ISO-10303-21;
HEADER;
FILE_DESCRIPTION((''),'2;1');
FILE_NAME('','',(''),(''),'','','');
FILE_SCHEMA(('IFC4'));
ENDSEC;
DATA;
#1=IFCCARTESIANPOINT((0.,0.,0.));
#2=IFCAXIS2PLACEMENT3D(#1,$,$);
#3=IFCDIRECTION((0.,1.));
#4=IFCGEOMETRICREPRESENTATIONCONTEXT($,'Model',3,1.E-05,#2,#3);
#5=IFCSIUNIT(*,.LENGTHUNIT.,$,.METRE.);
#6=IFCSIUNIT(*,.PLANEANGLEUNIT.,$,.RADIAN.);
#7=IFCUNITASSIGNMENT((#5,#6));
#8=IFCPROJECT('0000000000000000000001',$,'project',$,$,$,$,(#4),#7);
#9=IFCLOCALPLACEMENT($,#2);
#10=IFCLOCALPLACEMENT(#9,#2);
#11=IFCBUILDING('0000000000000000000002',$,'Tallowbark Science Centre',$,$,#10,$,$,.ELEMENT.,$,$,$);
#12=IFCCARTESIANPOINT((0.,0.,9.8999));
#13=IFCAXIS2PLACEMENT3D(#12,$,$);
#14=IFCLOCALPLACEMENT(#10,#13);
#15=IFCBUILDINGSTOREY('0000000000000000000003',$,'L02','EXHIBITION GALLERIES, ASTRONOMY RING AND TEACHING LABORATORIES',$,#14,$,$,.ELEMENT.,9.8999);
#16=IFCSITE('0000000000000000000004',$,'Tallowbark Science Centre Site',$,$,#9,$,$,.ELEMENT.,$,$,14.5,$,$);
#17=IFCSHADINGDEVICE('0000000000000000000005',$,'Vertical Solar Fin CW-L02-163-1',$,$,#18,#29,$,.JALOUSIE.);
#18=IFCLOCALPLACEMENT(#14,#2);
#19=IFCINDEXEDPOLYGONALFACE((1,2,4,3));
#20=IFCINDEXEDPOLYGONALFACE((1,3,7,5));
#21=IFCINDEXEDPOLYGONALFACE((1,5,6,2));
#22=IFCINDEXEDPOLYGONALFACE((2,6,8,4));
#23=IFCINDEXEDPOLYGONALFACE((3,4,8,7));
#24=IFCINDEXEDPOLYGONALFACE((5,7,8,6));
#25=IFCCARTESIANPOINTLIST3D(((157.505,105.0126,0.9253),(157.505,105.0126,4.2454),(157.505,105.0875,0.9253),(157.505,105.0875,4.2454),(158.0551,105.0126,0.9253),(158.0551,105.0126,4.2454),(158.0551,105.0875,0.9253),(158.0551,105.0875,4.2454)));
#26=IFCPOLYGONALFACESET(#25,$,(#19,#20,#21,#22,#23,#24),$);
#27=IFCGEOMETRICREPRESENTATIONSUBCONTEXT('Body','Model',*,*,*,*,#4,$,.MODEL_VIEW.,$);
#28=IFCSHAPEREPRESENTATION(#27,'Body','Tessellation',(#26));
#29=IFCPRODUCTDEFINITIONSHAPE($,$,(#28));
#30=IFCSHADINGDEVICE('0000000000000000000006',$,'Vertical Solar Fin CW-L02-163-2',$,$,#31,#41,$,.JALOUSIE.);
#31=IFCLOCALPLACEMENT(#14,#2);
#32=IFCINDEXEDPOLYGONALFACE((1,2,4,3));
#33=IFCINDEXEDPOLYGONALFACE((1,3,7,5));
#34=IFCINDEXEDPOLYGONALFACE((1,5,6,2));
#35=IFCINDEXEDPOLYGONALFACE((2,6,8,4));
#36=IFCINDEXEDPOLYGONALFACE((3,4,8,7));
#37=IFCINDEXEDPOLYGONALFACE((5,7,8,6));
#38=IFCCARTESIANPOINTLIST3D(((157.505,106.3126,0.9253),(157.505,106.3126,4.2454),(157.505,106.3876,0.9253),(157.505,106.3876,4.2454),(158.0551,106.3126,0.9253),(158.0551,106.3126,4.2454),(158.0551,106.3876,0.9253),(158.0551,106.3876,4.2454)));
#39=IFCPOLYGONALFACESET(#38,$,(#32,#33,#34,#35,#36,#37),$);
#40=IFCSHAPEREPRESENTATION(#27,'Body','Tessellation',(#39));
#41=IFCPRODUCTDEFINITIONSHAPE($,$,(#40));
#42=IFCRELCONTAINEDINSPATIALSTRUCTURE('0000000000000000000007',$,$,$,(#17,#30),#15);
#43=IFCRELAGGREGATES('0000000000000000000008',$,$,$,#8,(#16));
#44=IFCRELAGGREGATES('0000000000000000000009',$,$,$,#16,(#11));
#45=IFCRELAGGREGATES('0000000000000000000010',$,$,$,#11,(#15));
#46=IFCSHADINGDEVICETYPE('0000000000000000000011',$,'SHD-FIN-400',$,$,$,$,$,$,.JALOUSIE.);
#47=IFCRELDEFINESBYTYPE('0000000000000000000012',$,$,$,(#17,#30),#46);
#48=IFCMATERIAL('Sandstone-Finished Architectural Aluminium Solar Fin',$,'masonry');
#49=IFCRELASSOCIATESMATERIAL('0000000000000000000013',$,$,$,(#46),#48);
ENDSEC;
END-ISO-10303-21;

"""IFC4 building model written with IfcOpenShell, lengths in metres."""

from ifc_helpers import new_model, si_unit, direction, frame, origin, origin_2d, place, context, subcontext, project, spatial, rectangle, extrude, material, type_object, element, save


model = new_model("IFC4")

# Units and contexts
model_context = context("Model", 3, precision=1e-05, world=origin(), true_north=direction((0.0, 1.0)))
body_context = subcontext(model_context, "Body", "Model", "MODEL_VIEW")
ifc_project = project(units=[si_unit("LENGTHUNIT", "METRE"), si_unit("PLANEANGLEUNIT", "RADIAN")], contexts=[model_context])

# Site, building, storey
site_placement = place(None, origin())
site = spatial("IfcSite", under=ifc_project, at=site_placement, Name="Tallowbark Science Centre Site", CompositionType="ELEMENT", RefElevation=14.5)
building_placement = place(site_placement, origin())
building = spatial("IfcBuilding", under=site, at=building_placement, Name="Tallowbark Science Centre", CompositionType="ELEMENT")
storey_placement = place(building_placement, frame((0.0, 0.0, 9.8999)))
storey = spatial("IfcBuildingStorey", under=building, at=storey_placement, Name="L02", Description="EXHIBITION GALLERIES, ASTRONOMY RING AND TEACHING LABORATORIES", CompositionType="ELEMENT", Elevation=9.8999)

# Shading devices
ifc_material_1 = material(Name="Sandstone-Finished Architectural Aluminium Solar Fin", Category="masonry")
shading_device_type = type_object("IfcShadingDeviceType", Name="SHD-FIN-400", PredefinedType="JALOUSIE", material=ifc_material_1)
for number, where, z_axis, x_axis, name in (
    (1, (157.78, 105.05, 0.9253), (0.0, 0.0, 1.0), (0.0, 1.0, 0.0), "Vertical Solar Fin CW-L02-163-1"),
    (2, (157.78, 106.3501, 0.9253), (0.0, 0.0, 1.0), (0.0, 1.0, 0.0), "Vertical Solar Fin CW-L02-163-2"),
):
    element("IfcShadingDevice", number, at=place(storey_placement, frame(where, z_axis=z_axis, x_axis=x_axis)), inside=storey, type_object=shading_device_type, Name=name, PredefinedType="JALOUSIE", context=body_context, shape_type="SweptSolid", body=[
        extrude(rectangle(XDim=0.075, YDim=0.55, at=origin_2d()), origin(), (0.0, 0.0, 1.0), 3.3201),
    ])

save(model, "model.ifc")
